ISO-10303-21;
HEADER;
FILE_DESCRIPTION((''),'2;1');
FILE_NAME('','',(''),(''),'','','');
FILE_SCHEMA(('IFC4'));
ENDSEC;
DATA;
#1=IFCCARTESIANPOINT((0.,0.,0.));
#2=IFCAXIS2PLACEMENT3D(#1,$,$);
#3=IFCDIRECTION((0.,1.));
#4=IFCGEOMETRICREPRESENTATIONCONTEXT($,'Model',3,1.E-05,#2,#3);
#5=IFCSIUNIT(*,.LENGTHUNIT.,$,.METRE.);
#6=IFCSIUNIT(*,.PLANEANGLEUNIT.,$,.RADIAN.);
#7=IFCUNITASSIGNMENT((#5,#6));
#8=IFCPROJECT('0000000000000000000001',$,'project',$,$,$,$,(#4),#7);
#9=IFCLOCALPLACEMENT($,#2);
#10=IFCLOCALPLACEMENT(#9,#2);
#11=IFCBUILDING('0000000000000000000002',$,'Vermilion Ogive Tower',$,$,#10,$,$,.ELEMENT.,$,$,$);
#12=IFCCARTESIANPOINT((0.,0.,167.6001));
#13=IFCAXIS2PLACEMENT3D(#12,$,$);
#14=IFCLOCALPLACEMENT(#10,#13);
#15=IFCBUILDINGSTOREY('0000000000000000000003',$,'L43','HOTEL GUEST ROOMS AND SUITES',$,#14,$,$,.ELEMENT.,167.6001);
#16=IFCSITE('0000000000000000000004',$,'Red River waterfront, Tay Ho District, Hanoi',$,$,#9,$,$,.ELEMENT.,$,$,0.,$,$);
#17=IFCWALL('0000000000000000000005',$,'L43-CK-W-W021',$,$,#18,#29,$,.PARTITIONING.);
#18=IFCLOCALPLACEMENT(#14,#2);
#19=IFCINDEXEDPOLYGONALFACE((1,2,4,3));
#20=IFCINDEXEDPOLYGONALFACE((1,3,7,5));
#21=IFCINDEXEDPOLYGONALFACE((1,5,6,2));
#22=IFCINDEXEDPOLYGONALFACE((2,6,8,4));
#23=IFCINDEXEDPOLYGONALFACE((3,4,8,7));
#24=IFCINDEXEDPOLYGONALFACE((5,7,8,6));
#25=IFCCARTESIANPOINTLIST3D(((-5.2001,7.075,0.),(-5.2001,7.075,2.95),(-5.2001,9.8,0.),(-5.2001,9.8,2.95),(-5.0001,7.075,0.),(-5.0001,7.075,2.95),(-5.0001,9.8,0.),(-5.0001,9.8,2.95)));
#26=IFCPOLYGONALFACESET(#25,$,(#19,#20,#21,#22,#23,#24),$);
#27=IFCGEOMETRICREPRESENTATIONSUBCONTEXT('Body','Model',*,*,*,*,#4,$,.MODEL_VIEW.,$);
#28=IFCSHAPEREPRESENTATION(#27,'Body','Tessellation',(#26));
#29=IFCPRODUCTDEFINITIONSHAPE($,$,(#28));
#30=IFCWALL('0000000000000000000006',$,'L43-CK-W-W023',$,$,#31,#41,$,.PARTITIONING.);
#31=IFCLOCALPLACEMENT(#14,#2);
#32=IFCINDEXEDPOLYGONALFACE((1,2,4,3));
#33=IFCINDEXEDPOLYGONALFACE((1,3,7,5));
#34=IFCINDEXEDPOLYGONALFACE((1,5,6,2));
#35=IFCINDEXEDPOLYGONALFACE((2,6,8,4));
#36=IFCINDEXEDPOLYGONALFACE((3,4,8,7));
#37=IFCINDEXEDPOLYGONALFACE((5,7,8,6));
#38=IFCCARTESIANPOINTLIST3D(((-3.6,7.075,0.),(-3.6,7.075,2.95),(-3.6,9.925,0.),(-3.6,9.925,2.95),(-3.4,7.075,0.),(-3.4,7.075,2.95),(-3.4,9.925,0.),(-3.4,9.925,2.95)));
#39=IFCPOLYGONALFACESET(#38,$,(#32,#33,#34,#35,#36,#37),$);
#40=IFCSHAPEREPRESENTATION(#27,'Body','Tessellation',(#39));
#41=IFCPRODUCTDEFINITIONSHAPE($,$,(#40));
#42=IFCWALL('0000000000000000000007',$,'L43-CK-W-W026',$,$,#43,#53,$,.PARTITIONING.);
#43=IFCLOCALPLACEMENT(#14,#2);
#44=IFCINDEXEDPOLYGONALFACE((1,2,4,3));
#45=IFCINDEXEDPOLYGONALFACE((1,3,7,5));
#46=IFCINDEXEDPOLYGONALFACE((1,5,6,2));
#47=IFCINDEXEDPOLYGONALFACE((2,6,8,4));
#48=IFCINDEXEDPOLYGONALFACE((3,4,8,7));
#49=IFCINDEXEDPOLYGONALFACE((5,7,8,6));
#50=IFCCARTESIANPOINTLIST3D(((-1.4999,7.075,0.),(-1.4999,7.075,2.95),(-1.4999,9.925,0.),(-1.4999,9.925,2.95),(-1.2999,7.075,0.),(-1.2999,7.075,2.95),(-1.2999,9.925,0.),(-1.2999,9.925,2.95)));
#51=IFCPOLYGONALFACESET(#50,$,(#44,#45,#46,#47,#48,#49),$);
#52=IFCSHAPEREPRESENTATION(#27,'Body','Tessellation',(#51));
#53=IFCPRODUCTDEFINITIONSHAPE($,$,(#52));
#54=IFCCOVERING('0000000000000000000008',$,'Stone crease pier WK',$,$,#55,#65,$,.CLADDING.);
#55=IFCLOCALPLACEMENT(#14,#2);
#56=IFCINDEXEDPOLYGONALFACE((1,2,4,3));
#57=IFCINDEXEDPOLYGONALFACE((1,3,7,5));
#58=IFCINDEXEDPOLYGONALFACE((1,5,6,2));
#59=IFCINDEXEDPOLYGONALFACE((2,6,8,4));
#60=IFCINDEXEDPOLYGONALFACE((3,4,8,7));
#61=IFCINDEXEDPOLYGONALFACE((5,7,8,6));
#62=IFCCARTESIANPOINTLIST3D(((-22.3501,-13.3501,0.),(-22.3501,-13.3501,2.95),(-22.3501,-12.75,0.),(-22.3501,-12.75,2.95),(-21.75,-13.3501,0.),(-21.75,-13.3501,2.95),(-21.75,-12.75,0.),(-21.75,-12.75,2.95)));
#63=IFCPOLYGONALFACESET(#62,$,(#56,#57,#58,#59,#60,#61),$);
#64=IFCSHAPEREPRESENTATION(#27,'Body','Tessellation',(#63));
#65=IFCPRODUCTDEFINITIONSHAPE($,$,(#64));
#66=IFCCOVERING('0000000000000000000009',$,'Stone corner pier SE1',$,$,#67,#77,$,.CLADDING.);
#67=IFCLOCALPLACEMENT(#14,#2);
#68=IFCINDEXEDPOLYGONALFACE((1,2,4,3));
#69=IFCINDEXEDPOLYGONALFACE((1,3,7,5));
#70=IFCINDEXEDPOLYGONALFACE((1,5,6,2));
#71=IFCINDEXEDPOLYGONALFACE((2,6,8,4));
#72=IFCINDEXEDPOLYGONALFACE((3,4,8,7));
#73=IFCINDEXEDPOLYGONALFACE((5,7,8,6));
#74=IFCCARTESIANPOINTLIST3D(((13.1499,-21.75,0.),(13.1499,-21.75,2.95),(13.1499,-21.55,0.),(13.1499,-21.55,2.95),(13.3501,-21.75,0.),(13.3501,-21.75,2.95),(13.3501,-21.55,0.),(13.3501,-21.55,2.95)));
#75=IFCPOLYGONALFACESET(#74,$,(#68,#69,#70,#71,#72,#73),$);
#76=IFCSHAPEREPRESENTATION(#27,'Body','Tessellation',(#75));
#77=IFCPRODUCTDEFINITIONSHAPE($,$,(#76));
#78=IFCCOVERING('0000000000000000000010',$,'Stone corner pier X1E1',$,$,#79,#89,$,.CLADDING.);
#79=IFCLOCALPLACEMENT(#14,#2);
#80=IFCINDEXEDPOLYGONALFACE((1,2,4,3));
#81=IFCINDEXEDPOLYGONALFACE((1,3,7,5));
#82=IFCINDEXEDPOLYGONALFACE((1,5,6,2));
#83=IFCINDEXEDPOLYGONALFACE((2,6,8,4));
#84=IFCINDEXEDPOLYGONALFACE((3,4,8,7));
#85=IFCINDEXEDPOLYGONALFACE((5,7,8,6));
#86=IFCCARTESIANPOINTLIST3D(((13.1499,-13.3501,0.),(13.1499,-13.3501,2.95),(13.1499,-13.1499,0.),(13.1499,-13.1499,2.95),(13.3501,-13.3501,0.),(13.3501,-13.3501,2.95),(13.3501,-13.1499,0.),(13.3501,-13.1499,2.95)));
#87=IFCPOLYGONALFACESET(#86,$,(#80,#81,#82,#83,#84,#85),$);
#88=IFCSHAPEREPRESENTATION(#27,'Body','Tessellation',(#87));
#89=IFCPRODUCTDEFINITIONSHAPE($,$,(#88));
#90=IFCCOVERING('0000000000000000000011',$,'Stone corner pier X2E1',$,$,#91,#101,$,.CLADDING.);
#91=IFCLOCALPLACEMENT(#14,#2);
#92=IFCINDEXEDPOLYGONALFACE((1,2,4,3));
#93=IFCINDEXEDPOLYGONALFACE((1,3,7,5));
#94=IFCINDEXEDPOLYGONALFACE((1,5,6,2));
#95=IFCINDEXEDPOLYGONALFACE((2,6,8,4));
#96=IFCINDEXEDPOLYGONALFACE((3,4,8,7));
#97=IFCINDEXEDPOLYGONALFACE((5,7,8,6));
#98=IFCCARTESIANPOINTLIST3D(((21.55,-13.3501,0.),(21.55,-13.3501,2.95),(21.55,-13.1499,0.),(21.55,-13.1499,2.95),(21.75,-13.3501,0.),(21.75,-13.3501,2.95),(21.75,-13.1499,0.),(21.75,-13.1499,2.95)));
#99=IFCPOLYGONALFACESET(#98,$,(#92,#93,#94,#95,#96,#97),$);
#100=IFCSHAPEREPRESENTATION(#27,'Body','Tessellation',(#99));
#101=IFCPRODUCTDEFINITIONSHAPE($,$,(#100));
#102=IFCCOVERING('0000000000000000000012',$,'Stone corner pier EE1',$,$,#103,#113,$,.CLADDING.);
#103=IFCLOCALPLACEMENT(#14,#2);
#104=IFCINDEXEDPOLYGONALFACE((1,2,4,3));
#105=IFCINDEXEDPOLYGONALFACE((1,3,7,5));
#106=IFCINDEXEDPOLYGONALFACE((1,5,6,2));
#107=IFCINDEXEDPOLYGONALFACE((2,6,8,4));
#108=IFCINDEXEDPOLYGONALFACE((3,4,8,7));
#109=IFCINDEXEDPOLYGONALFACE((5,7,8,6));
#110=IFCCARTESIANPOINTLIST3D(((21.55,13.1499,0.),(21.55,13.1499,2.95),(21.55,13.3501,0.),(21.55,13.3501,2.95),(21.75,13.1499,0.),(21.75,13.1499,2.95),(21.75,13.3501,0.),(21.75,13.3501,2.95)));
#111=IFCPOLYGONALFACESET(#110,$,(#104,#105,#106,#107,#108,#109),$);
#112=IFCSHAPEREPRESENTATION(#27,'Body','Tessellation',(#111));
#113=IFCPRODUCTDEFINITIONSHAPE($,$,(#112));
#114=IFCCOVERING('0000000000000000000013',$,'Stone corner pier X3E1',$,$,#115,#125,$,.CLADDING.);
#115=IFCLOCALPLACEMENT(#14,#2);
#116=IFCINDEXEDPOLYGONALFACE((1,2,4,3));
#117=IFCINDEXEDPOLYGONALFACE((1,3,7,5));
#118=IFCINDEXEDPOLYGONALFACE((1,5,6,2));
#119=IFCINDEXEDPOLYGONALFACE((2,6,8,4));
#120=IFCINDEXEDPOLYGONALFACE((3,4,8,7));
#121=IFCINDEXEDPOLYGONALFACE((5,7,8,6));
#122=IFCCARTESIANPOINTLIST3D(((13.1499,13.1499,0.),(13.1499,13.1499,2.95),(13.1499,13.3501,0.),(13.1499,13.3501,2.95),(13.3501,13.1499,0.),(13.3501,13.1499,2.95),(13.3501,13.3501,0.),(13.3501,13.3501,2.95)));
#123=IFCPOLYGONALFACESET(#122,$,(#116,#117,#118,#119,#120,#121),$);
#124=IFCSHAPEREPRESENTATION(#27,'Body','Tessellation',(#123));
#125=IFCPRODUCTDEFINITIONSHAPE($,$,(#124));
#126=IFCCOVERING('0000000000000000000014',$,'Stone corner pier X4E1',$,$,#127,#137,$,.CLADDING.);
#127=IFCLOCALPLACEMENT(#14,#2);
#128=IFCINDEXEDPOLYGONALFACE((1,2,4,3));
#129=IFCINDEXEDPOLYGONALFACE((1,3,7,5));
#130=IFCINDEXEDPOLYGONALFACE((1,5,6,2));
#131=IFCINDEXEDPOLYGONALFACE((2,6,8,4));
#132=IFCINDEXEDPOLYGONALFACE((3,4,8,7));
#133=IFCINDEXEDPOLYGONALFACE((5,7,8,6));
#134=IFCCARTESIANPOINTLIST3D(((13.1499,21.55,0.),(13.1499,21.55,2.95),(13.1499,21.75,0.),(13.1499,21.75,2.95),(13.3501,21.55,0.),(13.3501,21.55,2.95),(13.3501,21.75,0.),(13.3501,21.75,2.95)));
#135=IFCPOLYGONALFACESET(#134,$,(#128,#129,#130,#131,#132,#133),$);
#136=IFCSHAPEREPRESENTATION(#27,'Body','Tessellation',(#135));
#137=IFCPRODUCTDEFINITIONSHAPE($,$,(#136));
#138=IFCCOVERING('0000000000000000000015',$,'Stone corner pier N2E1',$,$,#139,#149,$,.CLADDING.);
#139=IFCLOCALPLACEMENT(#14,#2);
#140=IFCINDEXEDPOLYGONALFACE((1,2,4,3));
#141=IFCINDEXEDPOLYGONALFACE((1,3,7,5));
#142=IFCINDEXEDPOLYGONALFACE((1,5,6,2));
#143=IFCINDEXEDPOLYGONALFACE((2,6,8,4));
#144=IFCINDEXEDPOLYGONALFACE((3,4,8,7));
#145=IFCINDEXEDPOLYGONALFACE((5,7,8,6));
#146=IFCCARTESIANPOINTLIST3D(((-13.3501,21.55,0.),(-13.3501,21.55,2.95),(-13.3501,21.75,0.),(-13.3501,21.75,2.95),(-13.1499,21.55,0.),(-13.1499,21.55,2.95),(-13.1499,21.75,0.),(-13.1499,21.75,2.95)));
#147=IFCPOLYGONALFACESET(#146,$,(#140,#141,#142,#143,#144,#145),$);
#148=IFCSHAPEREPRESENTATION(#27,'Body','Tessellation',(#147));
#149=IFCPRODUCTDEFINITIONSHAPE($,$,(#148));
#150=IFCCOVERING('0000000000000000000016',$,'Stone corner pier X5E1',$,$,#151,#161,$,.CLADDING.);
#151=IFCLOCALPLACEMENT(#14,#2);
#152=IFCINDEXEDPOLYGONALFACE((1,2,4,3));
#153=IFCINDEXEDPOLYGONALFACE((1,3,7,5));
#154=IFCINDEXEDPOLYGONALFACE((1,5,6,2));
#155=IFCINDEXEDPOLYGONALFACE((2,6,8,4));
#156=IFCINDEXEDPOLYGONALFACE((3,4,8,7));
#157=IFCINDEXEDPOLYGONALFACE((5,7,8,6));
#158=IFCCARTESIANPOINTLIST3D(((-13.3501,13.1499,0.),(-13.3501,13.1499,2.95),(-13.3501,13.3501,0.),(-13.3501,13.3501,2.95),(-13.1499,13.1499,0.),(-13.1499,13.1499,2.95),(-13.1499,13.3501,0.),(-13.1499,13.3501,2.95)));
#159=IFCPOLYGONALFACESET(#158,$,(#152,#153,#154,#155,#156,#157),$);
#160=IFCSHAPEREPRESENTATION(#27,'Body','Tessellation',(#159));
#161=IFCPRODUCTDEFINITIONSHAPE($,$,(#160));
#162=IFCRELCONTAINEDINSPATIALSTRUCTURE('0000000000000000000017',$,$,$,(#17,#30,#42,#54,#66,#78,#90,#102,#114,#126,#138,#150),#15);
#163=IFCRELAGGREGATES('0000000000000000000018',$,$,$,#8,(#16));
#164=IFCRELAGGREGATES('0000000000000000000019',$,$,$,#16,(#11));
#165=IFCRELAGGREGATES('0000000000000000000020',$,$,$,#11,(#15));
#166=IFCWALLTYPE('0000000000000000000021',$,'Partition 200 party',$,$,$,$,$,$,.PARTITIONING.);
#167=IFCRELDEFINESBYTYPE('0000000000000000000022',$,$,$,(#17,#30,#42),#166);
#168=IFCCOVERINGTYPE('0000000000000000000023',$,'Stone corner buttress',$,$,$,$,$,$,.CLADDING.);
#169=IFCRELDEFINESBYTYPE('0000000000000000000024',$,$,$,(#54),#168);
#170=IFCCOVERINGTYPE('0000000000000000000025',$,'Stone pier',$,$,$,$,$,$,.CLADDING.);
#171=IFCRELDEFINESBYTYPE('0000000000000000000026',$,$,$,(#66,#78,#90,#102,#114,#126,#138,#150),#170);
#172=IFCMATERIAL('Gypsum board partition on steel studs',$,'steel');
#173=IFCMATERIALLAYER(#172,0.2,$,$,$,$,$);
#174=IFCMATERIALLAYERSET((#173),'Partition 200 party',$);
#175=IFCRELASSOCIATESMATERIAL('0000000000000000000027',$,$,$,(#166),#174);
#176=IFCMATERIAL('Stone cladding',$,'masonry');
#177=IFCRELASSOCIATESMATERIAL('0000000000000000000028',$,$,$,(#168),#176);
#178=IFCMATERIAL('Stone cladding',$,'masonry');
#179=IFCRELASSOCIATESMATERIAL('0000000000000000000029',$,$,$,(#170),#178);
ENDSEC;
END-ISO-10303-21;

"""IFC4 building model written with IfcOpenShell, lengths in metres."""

from ifc_helpers import new_model, si_unit, direction, frame, frame_2d, origin, place, context, subcontext, project, spatial, polyline, rectangle, outline, extrude, material, layer, layer_set, type_object, element, save


model = new_model("IFC4")

# Units and contexts
model_context = context("Model", 3, precision=1e-05, world=origin(), true_north=direction((0.0, 1.0)))
body_context = subcontext(model_context, "Body", "Model", "MODEL_VIEW")
ifc_project = project(units=[si_unit("LENGTHUNIT", "METRE"), si_unit("PLANEANGLEUNIT", "RADIAN")], contexts=[model_context])

# Site, building, storey
site_placement = place(None, origin())
site = spatial("IfcSite", under=ifc_project, at=site_placement, Name="Red River waterfront, Tay Ho District, Hanoi", CompositionType="ELEMENT", RefElevation=0.0)
building_placement = place(site_placement, origin())
building = spatial("IfcBuilding", under=site, at=building_placement, Name="Vermilion Ogive Tower", CompositionType="ELEMENT")
storey_placement = place(building_placement, frame((0.0, 0.0, 167.6001)))
storey = spatial("IfcBuildingStorey", under=building, at=storey_placement, Name="L43", Description="HOTEL GUEST ROOMS AND SUITES", CompositionType="ELEMENT", Elevation=167.6001)

# Shared definitions
ifc_material_1 = material(Name="Gypsum board partition on steel studs", Category="steel")
ifc_layer_1 = layer(ifc_material_1, 0.2)
ifc_layer_set_1 = layer_set([ifc_layer_1], Name="Partition 200 party")
wall_type_1 = type_object("IfcWallType", Name="Partition 200 party", PredefinedType="PARTITIONING", material=ifc_layer_set_1)

# Walls
wall_1_placement = place(storey_placement, frame((-5.1001, 7.075, 0.0), z_axis=(0.0, 0.0, 1.0), x_axis=(0.0, 1.0, 0.0)))
element("IfcWall", 1, at=wall_1_placement, inside=storey, type_object=wall_type_1, Name="L43-CK-W-W021", PredefinedType="PARTITIONING", context=body_context, shape_type="SweptSolid", body=[
    extrude(rectangle(XDim=2.7251, YDim=0.2, at=frame_2d((1.3625, 0.0))), origin(), (0.0, 0.0, 1.0), 2.95),
])
for number, where, z_axis, x_axis, name in (
    (2, (-3.5, 7.075, 0.0), (0.0, 0.0, 1.0), (0.0, 1.0, 0.0), "L43-CK-W-W023"),
    (3, (-1.3999, 7.075, 0.0), (0.0, 0.0, 1.0), (0.0, 1.0, 0.0), "L43-CK-W-W026"),
):
    element("IfcWall", number, at=place(storey_placement, frame(where, z_axis=z_axis, x_axis=x_axis)), inside=storey, type_object=wall_type_1, Name=name, PredefinedType="PARTITIONING", context=body_context, shape_type="SweptSolid", body=[
        extrude(rectangle(XDim=2.8501, YDim=0.2, at=frame_2d((1.425, 0.0))), origin(), (0.0, 0.0, 1.0), 2.95),
    ])

# Coverings
ifc_material_2 = material(Name="Stone cladding", Category="masonry")
covering_type_1 = type_object("IfcCoveringType", Name="Stone corner buttress", PredefinedType="CLADDING", material=ifc_material_2)
covering_1_placement = place(storey_placement, origin())
element("IfcCovering", 4, at=covering_1_placement, inside=storey, type_object=covering_type_1, Name="Stone crease pier WK", PredefinedType="CLADDING", context=body_context, shape_type="SweptSolid", body=[
    extrude(outline(polyline([(-22.3501, -12.75), (-22.3501, -13.3501), (-21.75, -13.3501), (-21.75, -12.75), (-22.3501, -12.75)])), origin(), (0.0, 0.0, 1.0), 2.95),
])
ifc_material_3 = material(Name="Stone cladding", Category="masonry")
covering_type_2 = type_object("IfcCoveringType", Name="Stone pier", PredefinedType="CLADDING", material=ifc_material_3)
covering_2_placement = place(storey_placement, origin())
element("IfcCovering", 5, at=covering_2_placement, inside=storey, type_object=covering_type_2, Name="Stone corner pier SE1", PredefinedType="CLADDING", context=body_context, shape_type="SweptSolid", body=[
    extrude(outline(polyline([(13.1499, -21.75), (13.1499, -21.55), (13.3501, -21.55), (13.3501, -21.75), (13.1499, -21.75)])), origin(), (0.0, 0.0, 1.0), 2.95),
])
covering_3_placement = place(storey_placement, origin())
element("IfcCovering", 6, at=covering_3_placement, inside=storey, type_object=covering_type_2, Name="Stone corner pier X1E1", PredefinedType="CLADDING", context=body_context, shape_type="SweptSolid", body=[
    extrude(outline(polyline([(13.1499, -13.1499), (13.3501, -13.1499), (13.3501, -13.3501), (13.1499, -13.3501), (13.1499, -13.1499)])), origin(), (0.0, 0.0, 1.0), 2.95),
])
covering_4_placement = place(storey_placement, origin())
element("IfcCovering", 7, at=covering_4_placement, inside=storey, type_object=covering_type_2, Name="Stone corner pier X2E1", PredefinedType="CLADDING", context=body_context, shape_type="SweptSolid", body=[
    extrude(outline(polyline([(21.55, -13.3501), (21.55, -13.1499), (21.75, -13.1499), (21.75, -13.3501), (21.55, -13.3501)])), origin(), (0.0, 0.0, 1.0), 2.95),
])
covering_5_placement = place(storey_placement, origin())
element("IfcCovering", 8, at=covering_5_placement, inside=storey, type_object=covering_type_2, Name="Stone corner pier EE1", PredefinedType="CLADDING", context=body_context, shape_type="SweptSolid", body=[
    extrude(outline(polyline([(21.75, 13.1499), (21.55, 13.1499), (21.55, 13.3501), (21.75, 13.3501), (21.75, 13.1499)])), origin(), (0.0, 0.0, 1.0), 2.95),
])
covering_6_placement = place(storey_placement, origin())
element("IfcCovering", 9, at=covering_6_placement, inside=storey, type_object=covering_type_2, Name="Stone corner pier X3E1", PredefinedType="CLADDING", context=body_context, shape_type="SweptSolid", body=[
    extrude(outline(polyline([(13.1499, 13.1499), (13.1499, 13.3501), (13.3501, 13.3501), (13.3501, 13.1499), (13.1499, 13.1499)])), origin(), (0.0, 0.0, 1.0), 2.95),
])
covering_7_placement = place(storey_placement, origin())
element("IfcCovering", 10, at=covering_7_placement, inside=storey, type_object=covering_type_2, Name="Stone corner pier X4E1", PredefinedType="CLADDING", context=body_context, shape_type="SweptSolid", body=[
    extrude(outline(polyline([(13.3501, 21.55), (13.1499, 21.55), (13.1499, 21.75), (13.3501, 21.75), (13.3501, 21.55)])), origin(), (0.0, 0.0, 1.0), 2.95),
])
covering_8_placement = place(storey_placement, origin())
element("IfcCovering", 11, at=covering_8_placement, inside=storey, type_object=covering_type_2, Name="Stone corner pier N2E1", PredefinedType="CLADDING", context=body_context, shape_type="SweptSolid", body=[
    extrude(outline(polyline([(-13.1499, 21.75), (-13.1499, 21.55), (-13.3501, 21.55), (-13.3501, 21.75), (-13.1499, 21.75)])), origin(), (0.0, 0.0, 1.0), 2.95),
])
covering_9_placement = place(storey_placement, origin())
element("IfcCovering", 12, at=covering_9_placement, inside=storey, type_object=covering_type_2, Name="Stone corner pier X5E1", PredefinedType="CLADDING", context=body_context, shape_type="SweptSolid", body=[
    extrude(outline(polyline([(-13.1499, 13.1499), (-13.3501, 13.1499), (-13.3501, 13.3501), (-13.1499, 13.3501), (-13.1499, 13.1499)])), origin(), (0.0, 0.0, 1.0), 2.95),
])

save(model, "model.ifc")
